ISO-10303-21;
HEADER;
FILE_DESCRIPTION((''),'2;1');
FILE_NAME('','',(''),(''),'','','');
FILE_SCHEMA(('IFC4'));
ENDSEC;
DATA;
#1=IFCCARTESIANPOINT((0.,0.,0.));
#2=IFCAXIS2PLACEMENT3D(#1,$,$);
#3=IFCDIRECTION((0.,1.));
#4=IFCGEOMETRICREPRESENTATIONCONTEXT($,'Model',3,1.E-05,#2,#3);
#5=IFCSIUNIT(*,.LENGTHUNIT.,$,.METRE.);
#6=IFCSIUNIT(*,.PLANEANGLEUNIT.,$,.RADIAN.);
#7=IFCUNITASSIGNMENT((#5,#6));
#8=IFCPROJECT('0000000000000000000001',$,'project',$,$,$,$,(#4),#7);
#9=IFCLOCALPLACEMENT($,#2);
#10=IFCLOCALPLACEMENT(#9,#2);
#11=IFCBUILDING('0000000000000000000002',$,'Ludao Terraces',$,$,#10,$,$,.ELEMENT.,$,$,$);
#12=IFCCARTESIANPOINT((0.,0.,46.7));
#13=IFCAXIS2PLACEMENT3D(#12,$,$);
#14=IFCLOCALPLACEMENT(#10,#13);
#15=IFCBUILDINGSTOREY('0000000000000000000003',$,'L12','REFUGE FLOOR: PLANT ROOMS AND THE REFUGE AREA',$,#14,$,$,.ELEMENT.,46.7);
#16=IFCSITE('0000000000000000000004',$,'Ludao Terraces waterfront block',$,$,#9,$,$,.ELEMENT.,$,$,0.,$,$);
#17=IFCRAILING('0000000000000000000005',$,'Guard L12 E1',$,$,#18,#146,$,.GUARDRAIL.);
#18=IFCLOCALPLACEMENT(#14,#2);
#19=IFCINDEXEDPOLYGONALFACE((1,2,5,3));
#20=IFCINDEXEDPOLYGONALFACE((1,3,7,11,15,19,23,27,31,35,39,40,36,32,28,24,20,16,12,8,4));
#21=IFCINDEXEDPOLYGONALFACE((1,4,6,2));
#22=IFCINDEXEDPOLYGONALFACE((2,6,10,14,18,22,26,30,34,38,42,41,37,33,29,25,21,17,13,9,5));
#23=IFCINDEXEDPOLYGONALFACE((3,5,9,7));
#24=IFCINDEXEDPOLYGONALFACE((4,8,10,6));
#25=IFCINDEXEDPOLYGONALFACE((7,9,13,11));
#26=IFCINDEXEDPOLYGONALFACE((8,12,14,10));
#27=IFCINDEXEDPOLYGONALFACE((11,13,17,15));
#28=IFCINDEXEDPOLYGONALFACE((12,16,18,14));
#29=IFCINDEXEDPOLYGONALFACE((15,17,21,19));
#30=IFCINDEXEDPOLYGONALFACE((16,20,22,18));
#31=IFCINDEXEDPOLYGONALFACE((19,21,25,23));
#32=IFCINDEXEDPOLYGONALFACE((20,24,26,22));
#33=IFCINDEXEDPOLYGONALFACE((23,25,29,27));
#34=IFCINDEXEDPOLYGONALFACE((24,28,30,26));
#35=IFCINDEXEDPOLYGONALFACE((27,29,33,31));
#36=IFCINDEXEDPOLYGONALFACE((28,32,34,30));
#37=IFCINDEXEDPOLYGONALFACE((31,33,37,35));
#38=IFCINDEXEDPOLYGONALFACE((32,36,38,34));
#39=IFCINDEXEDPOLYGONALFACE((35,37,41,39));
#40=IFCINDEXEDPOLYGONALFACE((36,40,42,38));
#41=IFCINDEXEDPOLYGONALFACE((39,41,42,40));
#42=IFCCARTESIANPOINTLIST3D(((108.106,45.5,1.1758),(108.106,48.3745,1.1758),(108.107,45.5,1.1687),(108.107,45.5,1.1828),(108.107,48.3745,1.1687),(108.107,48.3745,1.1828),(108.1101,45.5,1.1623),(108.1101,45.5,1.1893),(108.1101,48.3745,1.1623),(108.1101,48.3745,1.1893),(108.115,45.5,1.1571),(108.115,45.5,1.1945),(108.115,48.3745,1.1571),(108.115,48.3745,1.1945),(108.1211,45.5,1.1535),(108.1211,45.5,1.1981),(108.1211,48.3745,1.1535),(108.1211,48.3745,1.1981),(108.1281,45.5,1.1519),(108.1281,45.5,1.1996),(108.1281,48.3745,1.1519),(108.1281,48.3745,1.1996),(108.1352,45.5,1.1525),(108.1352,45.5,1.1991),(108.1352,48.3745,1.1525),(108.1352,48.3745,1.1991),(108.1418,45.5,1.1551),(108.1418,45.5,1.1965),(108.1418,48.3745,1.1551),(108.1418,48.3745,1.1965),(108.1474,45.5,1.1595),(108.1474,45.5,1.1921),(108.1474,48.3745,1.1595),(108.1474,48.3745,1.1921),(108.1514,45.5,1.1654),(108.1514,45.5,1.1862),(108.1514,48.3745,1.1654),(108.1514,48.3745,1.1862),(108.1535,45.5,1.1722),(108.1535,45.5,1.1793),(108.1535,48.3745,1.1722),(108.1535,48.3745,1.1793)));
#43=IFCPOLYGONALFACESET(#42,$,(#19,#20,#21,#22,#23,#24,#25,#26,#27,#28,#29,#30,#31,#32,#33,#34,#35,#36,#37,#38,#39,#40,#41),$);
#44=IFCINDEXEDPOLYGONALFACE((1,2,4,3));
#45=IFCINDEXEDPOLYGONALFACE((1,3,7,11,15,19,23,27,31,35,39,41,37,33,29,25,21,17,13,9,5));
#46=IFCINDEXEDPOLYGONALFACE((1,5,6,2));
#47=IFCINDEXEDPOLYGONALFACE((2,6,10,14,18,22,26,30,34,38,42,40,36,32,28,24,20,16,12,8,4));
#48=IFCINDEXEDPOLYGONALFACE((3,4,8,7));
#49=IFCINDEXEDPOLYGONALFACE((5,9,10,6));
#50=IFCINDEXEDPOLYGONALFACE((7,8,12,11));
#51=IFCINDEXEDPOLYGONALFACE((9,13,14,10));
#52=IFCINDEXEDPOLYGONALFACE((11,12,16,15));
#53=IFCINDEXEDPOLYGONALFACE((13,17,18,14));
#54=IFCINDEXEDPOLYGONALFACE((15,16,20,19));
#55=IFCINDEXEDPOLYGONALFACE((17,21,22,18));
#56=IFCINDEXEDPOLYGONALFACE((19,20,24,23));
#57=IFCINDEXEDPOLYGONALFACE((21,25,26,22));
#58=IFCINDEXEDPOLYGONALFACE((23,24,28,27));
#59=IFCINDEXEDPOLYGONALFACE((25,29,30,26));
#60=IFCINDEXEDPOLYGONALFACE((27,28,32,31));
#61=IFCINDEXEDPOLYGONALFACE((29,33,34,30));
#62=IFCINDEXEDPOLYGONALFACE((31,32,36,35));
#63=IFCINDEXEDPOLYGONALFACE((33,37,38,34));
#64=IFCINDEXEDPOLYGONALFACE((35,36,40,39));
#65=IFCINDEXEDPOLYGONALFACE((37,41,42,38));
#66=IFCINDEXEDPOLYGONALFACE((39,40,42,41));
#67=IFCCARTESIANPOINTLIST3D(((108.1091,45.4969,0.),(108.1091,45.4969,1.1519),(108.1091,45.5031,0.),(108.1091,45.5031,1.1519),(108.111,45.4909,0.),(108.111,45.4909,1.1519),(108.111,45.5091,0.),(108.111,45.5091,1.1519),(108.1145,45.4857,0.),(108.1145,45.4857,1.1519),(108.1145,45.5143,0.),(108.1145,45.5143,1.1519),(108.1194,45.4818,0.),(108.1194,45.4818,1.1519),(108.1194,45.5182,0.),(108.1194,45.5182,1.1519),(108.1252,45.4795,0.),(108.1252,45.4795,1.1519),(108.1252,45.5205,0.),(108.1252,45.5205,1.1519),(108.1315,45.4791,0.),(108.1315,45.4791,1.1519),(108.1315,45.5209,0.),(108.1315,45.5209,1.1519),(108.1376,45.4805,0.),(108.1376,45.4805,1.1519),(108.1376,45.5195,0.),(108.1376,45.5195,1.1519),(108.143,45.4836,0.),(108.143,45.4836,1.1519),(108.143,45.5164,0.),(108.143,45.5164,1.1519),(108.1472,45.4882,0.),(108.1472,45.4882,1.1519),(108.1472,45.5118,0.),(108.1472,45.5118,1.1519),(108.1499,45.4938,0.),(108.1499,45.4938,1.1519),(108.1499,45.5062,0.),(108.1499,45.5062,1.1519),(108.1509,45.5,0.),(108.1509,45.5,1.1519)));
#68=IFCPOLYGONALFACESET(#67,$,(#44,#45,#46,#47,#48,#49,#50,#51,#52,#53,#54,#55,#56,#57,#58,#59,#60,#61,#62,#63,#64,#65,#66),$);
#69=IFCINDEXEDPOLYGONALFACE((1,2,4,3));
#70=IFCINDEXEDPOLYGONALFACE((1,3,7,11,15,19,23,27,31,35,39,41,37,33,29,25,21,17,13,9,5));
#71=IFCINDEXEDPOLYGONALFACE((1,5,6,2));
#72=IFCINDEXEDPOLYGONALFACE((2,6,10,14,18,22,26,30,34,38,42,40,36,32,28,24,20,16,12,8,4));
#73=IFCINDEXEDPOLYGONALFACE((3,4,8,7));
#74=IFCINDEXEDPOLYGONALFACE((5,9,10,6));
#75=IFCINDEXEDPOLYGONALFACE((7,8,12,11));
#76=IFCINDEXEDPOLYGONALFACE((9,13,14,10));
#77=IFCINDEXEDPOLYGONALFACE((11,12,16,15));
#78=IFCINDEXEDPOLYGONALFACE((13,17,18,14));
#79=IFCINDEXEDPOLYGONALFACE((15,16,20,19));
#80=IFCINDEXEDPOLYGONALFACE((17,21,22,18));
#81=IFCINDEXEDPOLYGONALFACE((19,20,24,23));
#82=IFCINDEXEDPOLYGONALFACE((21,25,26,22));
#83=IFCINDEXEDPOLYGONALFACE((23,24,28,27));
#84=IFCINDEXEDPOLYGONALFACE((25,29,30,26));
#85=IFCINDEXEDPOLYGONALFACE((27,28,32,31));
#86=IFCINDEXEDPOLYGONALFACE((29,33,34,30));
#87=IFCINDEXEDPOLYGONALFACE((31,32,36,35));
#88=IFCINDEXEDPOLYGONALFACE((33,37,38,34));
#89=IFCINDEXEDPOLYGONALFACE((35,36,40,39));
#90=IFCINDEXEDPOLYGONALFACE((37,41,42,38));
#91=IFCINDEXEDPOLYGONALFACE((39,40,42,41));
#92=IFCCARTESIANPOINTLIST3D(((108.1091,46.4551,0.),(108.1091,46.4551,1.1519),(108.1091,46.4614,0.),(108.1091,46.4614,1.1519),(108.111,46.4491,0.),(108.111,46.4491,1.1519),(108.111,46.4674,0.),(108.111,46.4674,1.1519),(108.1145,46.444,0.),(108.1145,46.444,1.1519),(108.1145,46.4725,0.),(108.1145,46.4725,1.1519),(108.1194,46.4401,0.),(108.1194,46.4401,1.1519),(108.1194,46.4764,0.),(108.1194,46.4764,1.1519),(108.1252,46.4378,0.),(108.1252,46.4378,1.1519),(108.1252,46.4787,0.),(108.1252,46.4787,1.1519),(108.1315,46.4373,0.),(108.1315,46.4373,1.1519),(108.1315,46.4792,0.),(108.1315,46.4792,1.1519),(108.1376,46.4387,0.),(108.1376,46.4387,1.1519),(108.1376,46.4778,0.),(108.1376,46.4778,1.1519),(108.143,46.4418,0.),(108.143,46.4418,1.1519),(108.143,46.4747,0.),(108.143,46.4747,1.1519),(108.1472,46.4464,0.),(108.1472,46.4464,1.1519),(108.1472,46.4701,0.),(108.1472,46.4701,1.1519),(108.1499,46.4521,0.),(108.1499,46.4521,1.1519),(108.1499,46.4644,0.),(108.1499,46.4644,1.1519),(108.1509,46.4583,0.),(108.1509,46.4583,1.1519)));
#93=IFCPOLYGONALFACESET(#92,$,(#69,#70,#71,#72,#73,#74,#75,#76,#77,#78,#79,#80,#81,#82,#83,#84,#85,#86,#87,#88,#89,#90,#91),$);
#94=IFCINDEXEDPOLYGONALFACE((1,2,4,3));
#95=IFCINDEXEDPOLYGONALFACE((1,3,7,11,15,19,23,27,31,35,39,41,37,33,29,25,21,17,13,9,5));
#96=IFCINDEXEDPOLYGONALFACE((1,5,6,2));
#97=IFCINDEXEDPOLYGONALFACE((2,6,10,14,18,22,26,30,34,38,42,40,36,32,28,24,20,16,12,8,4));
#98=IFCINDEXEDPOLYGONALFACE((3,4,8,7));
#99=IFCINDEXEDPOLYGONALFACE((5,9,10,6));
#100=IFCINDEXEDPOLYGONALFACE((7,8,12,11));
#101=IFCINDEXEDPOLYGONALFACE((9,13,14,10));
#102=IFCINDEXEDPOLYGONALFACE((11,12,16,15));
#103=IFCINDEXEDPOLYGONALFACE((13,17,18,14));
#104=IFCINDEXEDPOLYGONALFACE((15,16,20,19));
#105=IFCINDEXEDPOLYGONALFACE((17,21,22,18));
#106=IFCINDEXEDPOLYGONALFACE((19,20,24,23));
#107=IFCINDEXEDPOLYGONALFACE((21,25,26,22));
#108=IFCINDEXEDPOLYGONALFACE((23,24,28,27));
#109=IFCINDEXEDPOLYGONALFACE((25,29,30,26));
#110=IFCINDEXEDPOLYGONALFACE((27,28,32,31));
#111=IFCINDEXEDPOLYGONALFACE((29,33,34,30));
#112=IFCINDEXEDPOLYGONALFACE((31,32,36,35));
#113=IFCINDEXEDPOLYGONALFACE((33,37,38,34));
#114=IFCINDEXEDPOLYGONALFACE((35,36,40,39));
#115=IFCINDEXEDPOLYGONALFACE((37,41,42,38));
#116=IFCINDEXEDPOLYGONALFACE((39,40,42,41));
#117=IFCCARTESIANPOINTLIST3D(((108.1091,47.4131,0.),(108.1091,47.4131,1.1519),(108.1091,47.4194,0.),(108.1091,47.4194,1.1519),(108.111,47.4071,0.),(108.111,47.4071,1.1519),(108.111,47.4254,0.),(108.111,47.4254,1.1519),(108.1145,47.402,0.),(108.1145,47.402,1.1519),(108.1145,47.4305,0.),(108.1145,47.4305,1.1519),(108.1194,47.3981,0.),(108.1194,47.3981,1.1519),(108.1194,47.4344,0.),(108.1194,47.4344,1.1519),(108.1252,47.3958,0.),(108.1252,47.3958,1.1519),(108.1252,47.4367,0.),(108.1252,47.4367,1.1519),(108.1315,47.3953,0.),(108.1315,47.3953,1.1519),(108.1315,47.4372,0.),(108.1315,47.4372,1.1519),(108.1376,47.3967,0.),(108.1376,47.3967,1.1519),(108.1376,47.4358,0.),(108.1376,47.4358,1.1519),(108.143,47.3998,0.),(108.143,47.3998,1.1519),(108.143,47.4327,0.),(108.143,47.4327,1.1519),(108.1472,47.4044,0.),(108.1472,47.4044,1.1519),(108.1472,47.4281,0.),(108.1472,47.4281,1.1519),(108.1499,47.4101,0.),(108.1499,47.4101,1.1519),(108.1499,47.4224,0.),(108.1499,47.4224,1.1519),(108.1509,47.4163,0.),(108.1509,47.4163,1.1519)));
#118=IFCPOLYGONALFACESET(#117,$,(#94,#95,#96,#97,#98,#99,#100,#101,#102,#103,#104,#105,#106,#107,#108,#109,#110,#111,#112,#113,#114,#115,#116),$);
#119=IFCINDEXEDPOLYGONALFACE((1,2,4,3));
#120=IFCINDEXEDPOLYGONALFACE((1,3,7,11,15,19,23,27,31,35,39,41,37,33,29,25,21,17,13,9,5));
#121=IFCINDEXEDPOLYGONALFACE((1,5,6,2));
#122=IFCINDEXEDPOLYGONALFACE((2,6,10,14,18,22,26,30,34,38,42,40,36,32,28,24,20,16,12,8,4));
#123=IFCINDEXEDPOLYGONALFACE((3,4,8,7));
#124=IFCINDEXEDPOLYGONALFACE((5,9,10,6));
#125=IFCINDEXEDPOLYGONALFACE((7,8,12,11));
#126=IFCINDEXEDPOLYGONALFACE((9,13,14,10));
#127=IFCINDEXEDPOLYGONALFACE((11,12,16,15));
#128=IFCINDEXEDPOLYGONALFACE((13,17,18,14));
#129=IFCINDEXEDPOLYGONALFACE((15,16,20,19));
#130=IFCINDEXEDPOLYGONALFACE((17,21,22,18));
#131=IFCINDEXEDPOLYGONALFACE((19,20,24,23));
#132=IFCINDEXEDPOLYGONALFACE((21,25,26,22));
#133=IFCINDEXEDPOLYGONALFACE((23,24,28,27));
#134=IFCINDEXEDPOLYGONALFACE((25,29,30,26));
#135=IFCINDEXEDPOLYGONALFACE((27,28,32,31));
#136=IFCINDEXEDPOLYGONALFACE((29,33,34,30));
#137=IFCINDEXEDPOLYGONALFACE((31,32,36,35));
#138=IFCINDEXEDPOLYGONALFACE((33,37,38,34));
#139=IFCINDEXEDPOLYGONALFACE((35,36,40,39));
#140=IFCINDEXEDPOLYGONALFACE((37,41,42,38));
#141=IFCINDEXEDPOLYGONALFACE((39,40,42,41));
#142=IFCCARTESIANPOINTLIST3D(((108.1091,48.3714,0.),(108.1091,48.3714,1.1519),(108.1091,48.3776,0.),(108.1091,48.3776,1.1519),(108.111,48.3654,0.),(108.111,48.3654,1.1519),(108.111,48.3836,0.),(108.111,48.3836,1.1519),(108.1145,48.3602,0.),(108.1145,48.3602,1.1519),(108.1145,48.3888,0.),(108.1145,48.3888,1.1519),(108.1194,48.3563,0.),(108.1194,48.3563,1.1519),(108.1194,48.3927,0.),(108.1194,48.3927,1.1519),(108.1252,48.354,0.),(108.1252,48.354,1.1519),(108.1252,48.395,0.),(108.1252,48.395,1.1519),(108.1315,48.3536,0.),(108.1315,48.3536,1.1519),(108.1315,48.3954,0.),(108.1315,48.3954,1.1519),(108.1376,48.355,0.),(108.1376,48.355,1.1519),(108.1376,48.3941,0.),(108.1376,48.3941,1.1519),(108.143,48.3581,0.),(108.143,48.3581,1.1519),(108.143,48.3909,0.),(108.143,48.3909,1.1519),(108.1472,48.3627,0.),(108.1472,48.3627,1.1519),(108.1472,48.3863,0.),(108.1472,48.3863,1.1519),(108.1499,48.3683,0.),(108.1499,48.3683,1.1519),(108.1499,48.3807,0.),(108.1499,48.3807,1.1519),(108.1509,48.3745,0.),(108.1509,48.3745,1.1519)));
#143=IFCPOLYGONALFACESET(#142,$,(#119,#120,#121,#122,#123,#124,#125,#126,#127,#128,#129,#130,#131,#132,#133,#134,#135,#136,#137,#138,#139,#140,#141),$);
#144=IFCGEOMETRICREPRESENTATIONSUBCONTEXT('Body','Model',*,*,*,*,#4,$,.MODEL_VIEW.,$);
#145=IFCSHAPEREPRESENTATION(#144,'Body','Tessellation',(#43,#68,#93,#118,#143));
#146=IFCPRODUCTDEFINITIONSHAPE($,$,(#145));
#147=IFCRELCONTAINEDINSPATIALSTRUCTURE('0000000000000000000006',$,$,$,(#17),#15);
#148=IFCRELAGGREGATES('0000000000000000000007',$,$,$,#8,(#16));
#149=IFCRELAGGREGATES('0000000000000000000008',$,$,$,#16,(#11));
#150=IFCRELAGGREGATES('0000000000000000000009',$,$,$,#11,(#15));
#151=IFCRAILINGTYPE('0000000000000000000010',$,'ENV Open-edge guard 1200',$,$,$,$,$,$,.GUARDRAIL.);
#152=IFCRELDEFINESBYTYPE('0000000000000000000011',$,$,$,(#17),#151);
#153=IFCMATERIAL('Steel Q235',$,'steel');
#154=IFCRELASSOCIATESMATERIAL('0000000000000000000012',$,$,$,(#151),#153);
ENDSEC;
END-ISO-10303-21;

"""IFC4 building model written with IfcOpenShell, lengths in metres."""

from ifc_helpers import new_model, si_unit, direction, frame, origin, origin_2d, place, context, subcontext, project, spatial, circle, extrude, material, type_object, element, save


model = new_model("IFC4")

# Units and contexts
model_context = context("Model", 3, precision=1e-05, world=origin(), true_north=direction((0.0, 1.0)))
body_context = subcontext(model_context, "Body", "Model", "MODEL_VIEW")
ifc_project = project(units=[si_unit("LENGTHUNIT", "METRE"), si_unit("PLANEANGLEUNIT", "RADIAN")], contexts=[model_context])

# Site, building, storey
site_placement = place(None, origin())
site = spatial("IfcSite", under=ifc_project, at=site_placement, Name="Ludao Terraces waterfront block", CompositionType="ELEMENT", RefElevation=0.0)
building_placement = place(site_placement, origin())
building = spatial("IfcBuilding", under=site, at=building_placement, Name="Ludao Terraces", CompositionType="ELEMENT")
storey_placement = place(building_placement, frame((0.0, 0.0, 46.7)))
storey = spatial("IfcBuildingStorey", under=building, at=storey_placement, Name="L12", Description="REFUGE FLOOR: PLANT ROOMS AND THE REFUGE AREA", CompositionType="ELEMENT", Elevation=46.7)

# Shared definitions
ifc_material_1 = material(Name="Steel Q235", Category="steel")

# Railing
railing_type = type_object("IfcRailingType", Name="ENV Open-edge guard 1200", PredefinedType="GUARDRAIL", material=ifc_material_1)
railing_placement = place(storey_placement, frame((108.1299, 45.5, 0.0)))
element("IfcRailing", 1, at=railing_placement, inside=storey, type_object=railing_type, Name="Guard L12 E1", PredefinedType="GUARDRAIL", context=body_context, shape_type="SweptSolid", body=[
    extrude(circle(Radius=0.0239, at=origin_2d()), frame((0.0, 0.0, 1.1758), z_axis=(0.0, 1.0, 0.0), x_axis=(-1.0, 0.0, 0.0)), (0.0, 0.0, 1.0), 2.8745),
    extrude(circle(Radius=0.021, at=origin_2d()), origin(), (0.0, 0.0, 1.0), 1.1519),
    extrude(circle(Radius=0.021, at=origin_2d()), frame((0.0, 0.9583, 0.0)), (0.0, 0.0, 1.0), 1.1519),
    extrude(circle(Radius=0.021, at=origin_2d()), frame((0.0, 1.9163, 0.0)), (0.0, 0.0, 1.0), 1.1519),
    extrude(circle(Radius=0.021, at=origin_2d()), frame((0.0, 2.8745, 0.0)), (0.0, 0.0, 1.0), 1.1519),
])

save(model, "model.ifc")
